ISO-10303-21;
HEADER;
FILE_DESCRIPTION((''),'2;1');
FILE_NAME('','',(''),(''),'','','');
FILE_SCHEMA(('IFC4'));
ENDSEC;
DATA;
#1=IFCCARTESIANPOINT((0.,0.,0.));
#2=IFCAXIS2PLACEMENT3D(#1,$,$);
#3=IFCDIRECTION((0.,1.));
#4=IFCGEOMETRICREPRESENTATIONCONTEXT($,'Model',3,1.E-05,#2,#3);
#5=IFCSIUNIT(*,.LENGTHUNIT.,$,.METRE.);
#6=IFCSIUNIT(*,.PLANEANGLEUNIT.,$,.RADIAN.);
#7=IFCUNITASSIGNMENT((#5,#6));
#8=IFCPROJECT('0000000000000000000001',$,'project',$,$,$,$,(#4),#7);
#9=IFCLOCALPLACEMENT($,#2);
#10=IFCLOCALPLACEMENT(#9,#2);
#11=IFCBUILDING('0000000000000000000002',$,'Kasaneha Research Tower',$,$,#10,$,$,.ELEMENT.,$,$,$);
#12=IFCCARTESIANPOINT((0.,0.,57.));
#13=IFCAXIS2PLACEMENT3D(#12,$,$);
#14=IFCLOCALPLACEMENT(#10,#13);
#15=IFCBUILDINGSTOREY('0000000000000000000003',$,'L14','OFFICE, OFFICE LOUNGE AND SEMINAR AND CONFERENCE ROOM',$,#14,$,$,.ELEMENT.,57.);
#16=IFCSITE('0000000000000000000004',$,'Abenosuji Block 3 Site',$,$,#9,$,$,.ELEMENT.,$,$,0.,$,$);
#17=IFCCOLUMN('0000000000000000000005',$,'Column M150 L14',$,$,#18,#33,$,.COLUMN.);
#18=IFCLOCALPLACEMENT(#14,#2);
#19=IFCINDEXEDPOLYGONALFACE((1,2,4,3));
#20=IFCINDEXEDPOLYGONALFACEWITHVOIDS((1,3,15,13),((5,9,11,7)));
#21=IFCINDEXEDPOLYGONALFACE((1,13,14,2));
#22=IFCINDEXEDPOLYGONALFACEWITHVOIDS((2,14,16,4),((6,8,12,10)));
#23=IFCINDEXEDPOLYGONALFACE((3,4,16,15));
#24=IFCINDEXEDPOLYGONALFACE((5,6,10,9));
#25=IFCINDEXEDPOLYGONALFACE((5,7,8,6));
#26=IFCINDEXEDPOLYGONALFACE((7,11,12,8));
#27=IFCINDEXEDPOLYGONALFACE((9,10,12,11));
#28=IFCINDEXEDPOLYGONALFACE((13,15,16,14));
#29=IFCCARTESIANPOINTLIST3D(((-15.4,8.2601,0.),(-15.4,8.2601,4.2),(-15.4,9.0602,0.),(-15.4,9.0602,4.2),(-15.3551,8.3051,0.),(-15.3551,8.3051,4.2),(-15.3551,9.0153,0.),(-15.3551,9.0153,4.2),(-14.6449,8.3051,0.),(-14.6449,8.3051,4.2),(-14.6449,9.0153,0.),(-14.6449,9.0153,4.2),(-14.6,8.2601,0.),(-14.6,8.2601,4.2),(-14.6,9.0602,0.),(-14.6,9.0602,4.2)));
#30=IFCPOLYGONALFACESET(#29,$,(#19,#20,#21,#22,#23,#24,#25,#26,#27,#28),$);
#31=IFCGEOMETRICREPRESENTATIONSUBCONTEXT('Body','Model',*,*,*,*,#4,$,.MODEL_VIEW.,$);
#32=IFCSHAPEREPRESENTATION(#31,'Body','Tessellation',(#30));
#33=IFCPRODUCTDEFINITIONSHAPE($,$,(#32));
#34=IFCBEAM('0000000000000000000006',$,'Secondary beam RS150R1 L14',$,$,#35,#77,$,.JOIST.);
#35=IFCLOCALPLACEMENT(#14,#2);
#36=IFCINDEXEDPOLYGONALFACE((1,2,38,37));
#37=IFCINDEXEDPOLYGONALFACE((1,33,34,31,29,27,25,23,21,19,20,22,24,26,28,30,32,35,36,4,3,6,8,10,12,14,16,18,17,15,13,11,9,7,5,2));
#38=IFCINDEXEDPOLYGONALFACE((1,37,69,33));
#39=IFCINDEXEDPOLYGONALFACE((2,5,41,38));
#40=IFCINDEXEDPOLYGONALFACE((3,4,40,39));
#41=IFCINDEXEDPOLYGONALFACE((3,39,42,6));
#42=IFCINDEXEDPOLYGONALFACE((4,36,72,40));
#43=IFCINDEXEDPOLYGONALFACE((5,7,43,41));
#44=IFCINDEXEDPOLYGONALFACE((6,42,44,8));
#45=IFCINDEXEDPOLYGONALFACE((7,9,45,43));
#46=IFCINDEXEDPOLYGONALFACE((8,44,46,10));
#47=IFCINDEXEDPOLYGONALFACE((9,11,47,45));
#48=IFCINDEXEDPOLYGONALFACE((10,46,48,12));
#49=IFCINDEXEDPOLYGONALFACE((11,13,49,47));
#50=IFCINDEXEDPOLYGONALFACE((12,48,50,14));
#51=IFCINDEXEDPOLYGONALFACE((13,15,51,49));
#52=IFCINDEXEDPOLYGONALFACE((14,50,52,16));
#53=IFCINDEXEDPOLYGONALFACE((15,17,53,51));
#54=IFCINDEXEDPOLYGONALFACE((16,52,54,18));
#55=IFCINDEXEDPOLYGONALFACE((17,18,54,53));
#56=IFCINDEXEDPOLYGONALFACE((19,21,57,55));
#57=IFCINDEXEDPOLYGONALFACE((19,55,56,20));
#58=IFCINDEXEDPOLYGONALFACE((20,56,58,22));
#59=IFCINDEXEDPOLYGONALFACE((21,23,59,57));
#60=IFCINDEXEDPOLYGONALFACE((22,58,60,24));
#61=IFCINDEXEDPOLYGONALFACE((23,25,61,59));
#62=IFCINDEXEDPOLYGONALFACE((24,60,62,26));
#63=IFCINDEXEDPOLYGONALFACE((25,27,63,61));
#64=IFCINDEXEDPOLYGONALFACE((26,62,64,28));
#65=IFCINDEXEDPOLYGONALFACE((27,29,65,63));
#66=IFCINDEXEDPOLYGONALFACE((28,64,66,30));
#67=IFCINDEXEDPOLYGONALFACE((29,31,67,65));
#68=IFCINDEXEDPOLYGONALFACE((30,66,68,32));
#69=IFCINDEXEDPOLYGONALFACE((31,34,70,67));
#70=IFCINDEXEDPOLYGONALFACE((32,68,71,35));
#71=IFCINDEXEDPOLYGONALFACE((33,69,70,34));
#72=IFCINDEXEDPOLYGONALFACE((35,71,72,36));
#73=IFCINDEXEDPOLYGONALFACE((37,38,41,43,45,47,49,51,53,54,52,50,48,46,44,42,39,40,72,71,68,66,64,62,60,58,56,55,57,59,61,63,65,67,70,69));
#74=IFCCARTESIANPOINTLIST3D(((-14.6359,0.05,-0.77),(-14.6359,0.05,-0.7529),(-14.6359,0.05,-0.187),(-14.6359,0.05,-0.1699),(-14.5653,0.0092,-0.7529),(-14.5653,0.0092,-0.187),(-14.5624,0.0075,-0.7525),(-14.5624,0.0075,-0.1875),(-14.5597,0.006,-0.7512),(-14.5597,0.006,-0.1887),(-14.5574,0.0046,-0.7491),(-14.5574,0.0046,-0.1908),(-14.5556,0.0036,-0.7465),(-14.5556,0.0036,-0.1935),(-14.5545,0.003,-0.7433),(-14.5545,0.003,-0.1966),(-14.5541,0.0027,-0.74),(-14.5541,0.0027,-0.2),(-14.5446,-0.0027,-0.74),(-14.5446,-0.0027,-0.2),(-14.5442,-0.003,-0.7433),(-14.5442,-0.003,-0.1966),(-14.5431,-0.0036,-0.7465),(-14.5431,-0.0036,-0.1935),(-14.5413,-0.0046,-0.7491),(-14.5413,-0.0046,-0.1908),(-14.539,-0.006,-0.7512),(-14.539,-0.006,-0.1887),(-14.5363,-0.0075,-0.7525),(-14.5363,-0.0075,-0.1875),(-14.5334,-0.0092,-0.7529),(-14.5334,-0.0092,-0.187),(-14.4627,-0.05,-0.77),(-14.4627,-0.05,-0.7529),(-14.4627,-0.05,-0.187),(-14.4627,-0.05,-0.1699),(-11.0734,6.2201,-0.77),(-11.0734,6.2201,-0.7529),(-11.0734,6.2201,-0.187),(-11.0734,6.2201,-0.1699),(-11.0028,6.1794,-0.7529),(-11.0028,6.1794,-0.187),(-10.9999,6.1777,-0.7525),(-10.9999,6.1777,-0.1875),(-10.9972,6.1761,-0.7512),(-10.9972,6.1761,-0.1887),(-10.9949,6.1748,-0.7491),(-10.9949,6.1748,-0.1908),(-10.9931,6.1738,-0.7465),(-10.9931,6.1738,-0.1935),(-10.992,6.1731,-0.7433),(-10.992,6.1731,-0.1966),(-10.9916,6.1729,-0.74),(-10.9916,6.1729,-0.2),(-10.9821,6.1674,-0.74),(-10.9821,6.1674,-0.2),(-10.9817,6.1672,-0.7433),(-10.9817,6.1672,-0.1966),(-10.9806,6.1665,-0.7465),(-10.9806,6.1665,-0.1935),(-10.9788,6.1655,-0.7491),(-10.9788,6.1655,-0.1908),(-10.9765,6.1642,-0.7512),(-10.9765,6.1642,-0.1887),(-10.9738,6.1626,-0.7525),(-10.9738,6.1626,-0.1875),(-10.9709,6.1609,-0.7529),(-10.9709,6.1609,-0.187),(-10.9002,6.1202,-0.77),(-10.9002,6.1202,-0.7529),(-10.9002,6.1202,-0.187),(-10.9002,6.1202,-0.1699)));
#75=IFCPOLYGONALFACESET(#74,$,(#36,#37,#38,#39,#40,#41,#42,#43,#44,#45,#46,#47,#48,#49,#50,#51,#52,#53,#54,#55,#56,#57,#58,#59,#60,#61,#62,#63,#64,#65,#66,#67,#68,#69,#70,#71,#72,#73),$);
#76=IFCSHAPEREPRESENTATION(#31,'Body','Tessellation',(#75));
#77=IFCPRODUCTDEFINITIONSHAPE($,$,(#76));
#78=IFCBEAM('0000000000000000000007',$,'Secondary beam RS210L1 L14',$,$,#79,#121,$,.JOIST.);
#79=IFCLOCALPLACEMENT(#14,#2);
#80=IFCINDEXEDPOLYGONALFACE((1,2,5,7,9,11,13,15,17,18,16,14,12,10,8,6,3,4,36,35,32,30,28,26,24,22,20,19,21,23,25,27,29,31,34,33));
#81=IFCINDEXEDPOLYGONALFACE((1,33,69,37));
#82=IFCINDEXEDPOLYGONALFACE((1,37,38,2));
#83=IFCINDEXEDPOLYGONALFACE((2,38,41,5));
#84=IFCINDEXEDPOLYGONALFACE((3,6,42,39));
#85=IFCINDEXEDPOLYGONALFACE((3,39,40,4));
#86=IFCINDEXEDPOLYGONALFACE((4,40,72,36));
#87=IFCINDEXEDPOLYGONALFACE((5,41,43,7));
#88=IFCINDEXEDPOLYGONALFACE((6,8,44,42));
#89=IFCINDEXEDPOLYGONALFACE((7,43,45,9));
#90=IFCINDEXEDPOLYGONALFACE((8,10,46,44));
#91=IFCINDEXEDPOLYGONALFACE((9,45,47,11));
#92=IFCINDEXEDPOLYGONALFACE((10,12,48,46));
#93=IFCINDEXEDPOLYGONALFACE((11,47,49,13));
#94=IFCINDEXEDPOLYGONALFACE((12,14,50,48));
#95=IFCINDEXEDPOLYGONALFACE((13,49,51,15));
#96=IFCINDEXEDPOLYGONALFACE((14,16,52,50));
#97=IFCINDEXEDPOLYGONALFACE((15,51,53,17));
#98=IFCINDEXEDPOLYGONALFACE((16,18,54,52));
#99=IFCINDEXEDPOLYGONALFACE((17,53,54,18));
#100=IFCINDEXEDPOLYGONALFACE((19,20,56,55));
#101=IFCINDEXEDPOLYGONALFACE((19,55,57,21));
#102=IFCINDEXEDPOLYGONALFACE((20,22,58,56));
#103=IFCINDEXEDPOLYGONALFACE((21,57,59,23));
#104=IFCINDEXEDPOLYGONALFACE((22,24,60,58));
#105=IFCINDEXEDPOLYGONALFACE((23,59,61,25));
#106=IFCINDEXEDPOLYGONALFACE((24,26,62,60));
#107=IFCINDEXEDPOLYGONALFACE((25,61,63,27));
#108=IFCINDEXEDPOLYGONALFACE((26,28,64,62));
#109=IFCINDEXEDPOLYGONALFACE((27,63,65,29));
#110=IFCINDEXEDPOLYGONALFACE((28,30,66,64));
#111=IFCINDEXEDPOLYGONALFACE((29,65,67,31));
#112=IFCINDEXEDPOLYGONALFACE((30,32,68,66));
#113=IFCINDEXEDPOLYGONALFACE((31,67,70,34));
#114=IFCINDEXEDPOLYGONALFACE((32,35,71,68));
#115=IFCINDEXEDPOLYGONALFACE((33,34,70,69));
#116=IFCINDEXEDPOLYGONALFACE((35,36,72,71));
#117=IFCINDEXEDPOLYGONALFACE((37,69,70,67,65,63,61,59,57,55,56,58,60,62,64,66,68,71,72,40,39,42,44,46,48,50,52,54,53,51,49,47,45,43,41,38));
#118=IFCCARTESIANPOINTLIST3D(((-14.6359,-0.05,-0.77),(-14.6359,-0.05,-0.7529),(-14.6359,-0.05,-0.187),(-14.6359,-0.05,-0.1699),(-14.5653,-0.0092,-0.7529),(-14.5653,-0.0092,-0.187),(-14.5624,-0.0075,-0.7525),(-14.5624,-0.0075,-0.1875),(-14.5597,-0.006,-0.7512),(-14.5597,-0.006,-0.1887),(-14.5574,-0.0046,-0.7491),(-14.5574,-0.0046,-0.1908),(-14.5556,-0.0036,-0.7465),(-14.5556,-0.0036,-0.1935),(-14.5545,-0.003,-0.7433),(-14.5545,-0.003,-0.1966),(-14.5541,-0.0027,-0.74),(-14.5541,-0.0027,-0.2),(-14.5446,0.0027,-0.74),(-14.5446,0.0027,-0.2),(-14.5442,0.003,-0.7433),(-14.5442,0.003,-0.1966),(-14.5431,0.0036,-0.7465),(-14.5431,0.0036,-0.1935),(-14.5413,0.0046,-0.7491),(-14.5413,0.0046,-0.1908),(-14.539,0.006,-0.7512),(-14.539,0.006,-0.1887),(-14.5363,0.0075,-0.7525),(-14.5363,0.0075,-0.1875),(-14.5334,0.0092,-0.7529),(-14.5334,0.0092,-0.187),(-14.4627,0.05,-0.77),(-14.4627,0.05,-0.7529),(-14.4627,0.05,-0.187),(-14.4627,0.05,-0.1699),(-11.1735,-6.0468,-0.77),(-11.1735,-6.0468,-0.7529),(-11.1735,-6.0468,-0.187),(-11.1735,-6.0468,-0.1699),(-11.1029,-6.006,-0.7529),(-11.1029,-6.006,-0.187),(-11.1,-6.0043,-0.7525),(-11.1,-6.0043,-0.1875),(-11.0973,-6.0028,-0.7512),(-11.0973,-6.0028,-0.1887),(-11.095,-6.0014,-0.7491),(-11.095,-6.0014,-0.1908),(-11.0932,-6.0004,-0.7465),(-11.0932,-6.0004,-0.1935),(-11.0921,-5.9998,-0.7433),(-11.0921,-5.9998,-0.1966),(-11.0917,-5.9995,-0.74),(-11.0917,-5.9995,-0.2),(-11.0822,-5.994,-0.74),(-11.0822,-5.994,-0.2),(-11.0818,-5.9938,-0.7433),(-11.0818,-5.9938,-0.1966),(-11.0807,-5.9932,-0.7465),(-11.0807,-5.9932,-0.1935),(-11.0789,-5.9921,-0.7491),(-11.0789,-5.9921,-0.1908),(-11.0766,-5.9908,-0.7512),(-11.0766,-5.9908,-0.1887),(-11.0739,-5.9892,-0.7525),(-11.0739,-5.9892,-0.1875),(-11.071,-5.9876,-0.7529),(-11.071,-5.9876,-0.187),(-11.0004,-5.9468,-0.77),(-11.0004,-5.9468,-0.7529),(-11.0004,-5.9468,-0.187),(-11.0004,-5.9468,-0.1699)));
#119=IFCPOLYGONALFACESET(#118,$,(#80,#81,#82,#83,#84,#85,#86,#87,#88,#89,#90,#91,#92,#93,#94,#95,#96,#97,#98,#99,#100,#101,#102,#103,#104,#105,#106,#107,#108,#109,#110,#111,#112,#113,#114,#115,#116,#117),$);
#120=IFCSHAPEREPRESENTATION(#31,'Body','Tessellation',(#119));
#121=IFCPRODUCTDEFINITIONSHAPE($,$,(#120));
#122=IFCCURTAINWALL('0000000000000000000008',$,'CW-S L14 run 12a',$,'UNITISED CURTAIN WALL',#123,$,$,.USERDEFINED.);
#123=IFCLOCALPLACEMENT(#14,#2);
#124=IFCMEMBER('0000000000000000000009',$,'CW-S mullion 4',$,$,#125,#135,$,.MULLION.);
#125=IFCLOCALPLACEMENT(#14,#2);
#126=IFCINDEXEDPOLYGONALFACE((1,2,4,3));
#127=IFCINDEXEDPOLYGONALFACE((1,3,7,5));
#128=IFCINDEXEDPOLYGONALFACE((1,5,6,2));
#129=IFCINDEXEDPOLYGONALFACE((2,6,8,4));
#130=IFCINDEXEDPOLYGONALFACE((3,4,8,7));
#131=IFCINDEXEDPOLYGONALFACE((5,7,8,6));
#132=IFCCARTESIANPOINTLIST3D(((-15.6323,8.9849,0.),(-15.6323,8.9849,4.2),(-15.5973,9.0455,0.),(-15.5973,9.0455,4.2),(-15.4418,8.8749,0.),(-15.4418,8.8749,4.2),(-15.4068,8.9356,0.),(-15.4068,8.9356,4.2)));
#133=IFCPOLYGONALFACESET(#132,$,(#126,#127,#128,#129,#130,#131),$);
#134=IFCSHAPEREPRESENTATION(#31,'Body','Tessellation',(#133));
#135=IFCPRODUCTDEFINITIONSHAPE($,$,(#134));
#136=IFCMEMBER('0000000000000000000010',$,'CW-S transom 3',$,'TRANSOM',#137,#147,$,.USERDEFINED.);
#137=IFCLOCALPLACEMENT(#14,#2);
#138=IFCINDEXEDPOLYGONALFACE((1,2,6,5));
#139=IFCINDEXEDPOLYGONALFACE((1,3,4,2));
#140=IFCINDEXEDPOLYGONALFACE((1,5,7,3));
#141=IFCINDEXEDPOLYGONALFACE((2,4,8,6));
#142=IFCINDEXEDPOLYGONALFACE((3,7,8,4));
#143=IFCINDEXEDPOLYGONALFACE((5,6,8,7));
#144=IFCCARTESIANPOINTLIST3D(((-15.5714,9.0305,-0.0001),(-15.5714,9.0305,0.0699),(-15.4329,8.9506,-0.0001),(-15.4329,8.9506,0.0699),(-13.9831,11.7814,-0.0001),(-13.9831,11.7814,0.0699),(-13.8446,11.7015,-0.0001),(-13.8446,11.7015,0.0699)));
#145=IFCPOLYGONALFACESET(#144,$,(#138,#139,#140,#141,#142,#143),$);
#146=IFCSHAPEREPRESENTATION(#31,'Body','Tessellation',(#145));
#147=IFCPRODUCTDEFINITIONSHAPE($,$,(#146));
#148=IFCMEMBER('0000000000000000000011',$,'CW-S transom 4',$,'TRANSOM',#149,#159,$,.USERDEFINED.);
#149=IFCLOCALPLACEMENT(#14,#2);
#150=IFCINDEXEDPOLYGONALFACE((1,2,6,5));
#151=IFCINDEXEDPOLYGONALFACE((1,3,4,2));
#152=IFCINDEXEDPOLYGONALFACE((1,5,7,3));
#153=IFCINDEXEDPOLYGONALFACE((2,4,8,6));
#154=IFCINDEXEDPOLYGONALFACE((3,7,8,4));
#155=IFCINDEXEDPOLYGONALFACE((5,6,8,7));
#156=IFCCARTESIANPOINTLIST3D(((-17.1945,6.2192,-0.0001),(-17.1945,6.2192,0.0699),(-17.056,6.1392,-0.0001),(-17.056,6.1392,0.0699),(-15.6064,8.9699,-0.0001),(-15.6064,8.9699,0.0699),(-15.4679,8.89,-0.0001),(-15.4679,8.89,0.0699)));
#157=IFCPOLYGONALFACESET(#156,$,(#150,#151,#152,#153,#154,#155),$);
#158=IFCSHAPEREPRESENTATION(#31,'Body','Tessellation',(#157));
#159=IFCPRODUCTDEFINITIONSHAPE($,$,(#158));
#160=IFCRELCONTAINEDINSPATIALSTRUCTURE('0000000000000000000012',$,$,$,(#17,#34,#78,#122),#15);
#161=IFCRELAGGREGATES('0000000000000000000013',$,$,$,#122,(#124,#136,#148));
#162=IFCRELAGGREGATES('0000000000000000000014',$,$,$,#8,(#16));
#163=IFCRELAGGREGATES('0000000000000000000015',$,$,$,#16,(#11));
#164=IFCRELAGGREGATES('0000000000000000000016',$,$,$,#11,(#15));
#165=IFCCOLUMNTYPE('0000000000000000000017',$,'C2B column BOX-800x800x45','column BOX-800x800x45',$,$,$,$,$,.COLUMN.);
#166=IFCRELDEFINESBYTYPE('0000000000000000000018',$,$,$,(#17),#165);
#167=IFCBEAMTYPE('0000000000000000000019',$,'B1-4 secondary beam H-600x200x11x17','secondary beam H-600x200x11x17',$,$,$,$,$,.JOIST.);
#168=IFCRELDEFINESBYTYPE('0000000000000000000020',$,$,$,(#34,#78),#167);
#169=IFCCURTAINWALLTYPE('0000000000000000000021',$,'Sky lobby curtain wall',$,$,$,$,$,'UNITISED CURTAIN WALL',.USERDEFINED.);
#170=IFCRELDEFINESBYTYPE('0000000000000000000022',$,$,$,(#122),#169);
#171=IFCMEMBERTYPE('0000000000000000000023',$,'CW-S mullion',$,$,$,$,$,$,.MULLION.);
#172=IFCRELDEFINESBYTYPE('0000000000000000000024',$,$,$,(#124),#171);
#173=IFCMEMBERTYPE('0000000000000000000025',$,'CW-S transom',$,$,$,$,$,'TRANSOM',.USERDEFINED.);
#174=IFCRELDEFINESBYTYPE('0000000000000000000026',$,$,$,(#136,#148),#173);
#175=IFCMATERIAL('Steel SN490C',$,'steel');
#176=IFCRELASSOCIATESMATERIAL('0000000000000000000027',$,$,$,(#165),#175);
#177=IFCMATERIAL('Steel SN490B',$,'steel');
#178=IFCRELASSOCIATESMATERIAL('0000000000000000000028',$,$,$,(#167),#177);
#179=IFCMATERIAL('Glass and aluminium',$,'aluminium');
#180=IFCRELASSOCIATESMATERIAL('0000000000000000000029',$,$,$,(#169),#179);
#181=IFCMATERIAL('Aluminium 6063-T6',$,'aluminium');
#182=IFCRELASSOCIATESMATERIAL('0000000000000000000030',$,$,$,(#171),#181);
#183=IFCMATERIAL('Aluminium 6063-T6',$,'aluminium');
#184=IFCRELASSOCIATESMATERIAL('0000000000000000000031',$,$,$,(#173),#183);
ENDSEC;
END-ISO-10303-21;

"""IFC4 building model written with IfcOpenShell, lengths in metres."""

from ifc_helpers import new_model, si_unit, direction, frame, origin, origin_2d, place, context, subcontext, project, spatial, rectangle, hollow_rectangle, i_section, extrude, material, material_profile, profile_set, type_object, element, aggregate, save


model = new_model("IFC4")

# Units and contexts
model_context = context("Model", 3, precision=1e-05, world=origin(), true_north=direction((0.0, 1.0)))
body_context = subcontext(model_context, "Body", "Model", "MODEL_VIEW")
ifc_project = project(units=[si_unit("LENGTHUNIT", "METRE"), si_unit("PLANEANGLEUNIT", "RADIAN")], contexts=[model_context])

# Site, building, storey
site_placement = place(None, origin())
site = spatial("IfcSite", under=ifc_project, at=site_placement, Name="Abenosuji Block 3 Site", CompositionType="ELEMENT", RefElevation=0.0)
building_placement = place(site_placement, origin())
building = spatial("IfcBuilding", under=site, at=building_placement, Name="Kasaneha Research Tower", CompositionType="ELEMENT")
storey_placement = place(building_placement, frame((0.0, 0.0, 57.0)))
storey = spatial("IfcBuildingStorey", under=building, at=storey_placement, Name="L14", Description="OFFICE, OFFICE LOUNGE AND SEMINAR AND CONFERENCE ROOM", CompositionType="ELEMENT", Elevation=57.0)

# Column
ifc_material_1 = material(Name="Steel SN490C", Category="steel")
ifc_material_profile_1 = material_profile(ifc_material_1, hollow_rectangle(XDim=0.8, YDim=0.8, WallThickness=0.0449, at=origin_2d()), Name="BOX-800x800x45")
ifc_profile_set_1 = profile_set([ifc_material_profile_1], Name="Steel SN490C")
column_type = type_object("IfcColumnType", Name="C2B column BOX-800x800x45", Description="column BOX-800x800x45", PredefinedType="COLUMN", material=ifc_profile_set_1)
column_placement = place(storey_placement, frame((-15.0, 8.6602, 0.0), z_axis=(0.0, 0.0, 1.0), x_axis=(1.0, 0.0, 0.0)))
element("IfcColumn", 1, at=column_placement, inside=storey, type_object=column_type, Name="Column M150 L14", PredefinedType="COLUMN", context=body_context, shape_type="SweptSolid", body=[
    extrude(hollow_rectangle(XDim=0.8, YDim=0.8, WallThickness=0.0449, at=origin_2d()), origin(), (0.0, 0.0, 1.0), 4.2),
])

# Beams
ifc_material_2 = material(Name="Steel SN490B", Category="steel")
ifc_material_profile_2 = material_profile(ifc_material_2, i_section(OverallWidth=0.2, OverallDepth=0.6001, WebThickness=0.011, FlangeThickness=0.0171, FilletRadius=0.0129, at=origin_2d()), Name="H-600x200x11x17")
ifc_profile_set_2 = profile_set([ifc_material_profile_2], Name="Steel SN490B")
beam_type_1 = type_object("IfcBeamType", Name="B1-4 secondary beam H-600x200x11x17", Description="secondary beam H-600x200x11x17", PredefinedType="JOIST", material=ifc_profile_set_2)
beam_1_placement = place(storey_placement, frame((-14.5493, 0.0, -0.47), z_axis=(0.500016, 0.866016, 0.0), x_axis=(-0.866016, 0.500016, 0.0)))
element("IfcBeam", 2, at=beam_1_placement, inside=storey, type_object=beam_type_1, Name="Secondary beam RS150R1 L14", PredefinedType="JOIST", context=body_context, shape_type="SweptSolid", body=[
    extrude(i_section(OverallWidth=0.2, OverallDepth=0.6001, WebThickness=0.011, FlangeThickness=0.0171, FilletRadius=0.0129, at=origin_2d()), origin(), (0.0, 0.0, 1.0), 7.1248),
])
beam_2_placement = place(storey_placement, frame((-14.5493, 0.0, -0.47), z_axis=(0.500014, -0.866017, 0.0), x_axis=(0.866017, 0.500014, 0.0)))
element("IfcBeam", 3, at=beam_2_placement, inside=storey, type_object=beam_type_1, Name="Secondary beam RS210L1 L14", PredefinedType="JOIST", context=body_context, shape_type="SweptSolid", body=[
    extrude(i_section(OverallWidth=0.2, OverallDepth=0.6001, WebThickness=0.011, FlangeThickness=0.0171, FilletRadius=0.0129, at=origin_2d()), origin(), (0.0, 0.0, 1.0), 6.9246),
])

# Curtain wall, members
ifc_material_3 = material(Name="Glass and aluminium", Category="aluminium")
curtain_wall_type = type_object("IfcCurtainWallType", Name="Sky lobby curtain wall", ElementType="UNITISED CURTAIN WALL", PredefinedType="USERDEFINED", material=ifc_material_3)
curtain_wall_placement = place(storey_placement, origin())
curtain_wall = element("IfcCurtainWall", 4, at=curtain_wall_placement, inside=storey, type_object=curtain_wall_type, Name="CW-S L14 run 12a", ObjectType="UNITISED CURTAIN WALL", PredefinedType="USERDEFINED")
ifc_material_4 = material(Name="Aluminium 6063-T6", Category="aluminium")
ifc_material_profile_3 = material_profile(ifc_material_4, rectangle(XDim=0.0701, YDim=0.22, at=origin_2d()), Name="CW-S mullion 70x220")
ifc_profile_set_3 = profile_set([ifc_material_profile_3], Name="Aluminium 6063-T6")
member_type_1 = type_object("IfcMemberType", Name="CW-S mullion", PredefinedType="MULLION", material=ifc_profile_set_3)
member_1_placement = place(storey_placement, frame((-15.5195, 8.9602, 0.0), z_axis=(0.0, 0.0, 1.0), x_axis=(-0.5, -0.866025, 0.0)))
member_1 = element("IfcMember", 5, at=member_1_placement, type_object=member_type_1, Name="CW-S mullion 4", PredefinedType="MULLION", context=body_context, shape_type="SweptSolid", body=[
    extrude(rectangle(XDim=0.0701, YDim=0.22, at=origin_2d()), origin(), (0.0, 0.0, 1.0), 4.2),
])
ifc_material_5 = material(Name="Aluminium 6063-T6", Category="aluminium")
ifc_material_profile_4 = material_profile(ifc_material_5, rectangle(XDim=0.1599, YDim=0.0701, at=origin_2d()), Name="CW-S transom 160x70")
ifc_profile_set_4 = profile_set([ifc_material_profile_4], Name="Aluminium 6063-T6")
member_type_2 = type_object("IfcMemberType", Name="CW-S transom", ElementType="TRANSOM", PredefinedType="USERDEFINED", material=ifc_profile_set_4)
member_2_placement = place(storey_placement, frame((-13.9138, 11.7415, 0.0349), z_axis=(-0.500024, -0.866012, 0.0), x_axis=(0.866012, -0.500024, 0.0)))
member_2 = element("IfcMember", 6, at=member_2_placement, type_object=member_type_2, Name="CW-S transom 3", ObjectType="TRANSOM", PredefinedType="USERDEFINED", context=body_context, shape_type="SweptSolid", body=[
    extrude(rectangle(XDim=0.1599, YDim=0.0701, at=origin_2d()), origin(), (0.0, 0.0, 1.0), 3.1765),
])
member_3_placement = place(storey_placement, frame((-15.5371, 8.9299, 0.0349), z_axis=(-0.5, -0.866026, 0.0), x_axis=(0.866026, -0.5, 0.0)))
member_3 = element("IfcMember", 7, at=member_3_placement, type_object=member_type_2, Name="CW-S transom 4", ObjectType="TRANSOM", PredefinedType="USERDEFINED", context=body_context, shape_type="SweptSolid", body=[
    extrude(rectangle(XDim=0.1599, YDim=0.0701, at=origin_2d()), origin(), (0.0, 0.0, 1.0), 3.1763),
])

aggregate(curtain_wall, [member_1, member_2, member_3])

save(model, "model.ifc")
